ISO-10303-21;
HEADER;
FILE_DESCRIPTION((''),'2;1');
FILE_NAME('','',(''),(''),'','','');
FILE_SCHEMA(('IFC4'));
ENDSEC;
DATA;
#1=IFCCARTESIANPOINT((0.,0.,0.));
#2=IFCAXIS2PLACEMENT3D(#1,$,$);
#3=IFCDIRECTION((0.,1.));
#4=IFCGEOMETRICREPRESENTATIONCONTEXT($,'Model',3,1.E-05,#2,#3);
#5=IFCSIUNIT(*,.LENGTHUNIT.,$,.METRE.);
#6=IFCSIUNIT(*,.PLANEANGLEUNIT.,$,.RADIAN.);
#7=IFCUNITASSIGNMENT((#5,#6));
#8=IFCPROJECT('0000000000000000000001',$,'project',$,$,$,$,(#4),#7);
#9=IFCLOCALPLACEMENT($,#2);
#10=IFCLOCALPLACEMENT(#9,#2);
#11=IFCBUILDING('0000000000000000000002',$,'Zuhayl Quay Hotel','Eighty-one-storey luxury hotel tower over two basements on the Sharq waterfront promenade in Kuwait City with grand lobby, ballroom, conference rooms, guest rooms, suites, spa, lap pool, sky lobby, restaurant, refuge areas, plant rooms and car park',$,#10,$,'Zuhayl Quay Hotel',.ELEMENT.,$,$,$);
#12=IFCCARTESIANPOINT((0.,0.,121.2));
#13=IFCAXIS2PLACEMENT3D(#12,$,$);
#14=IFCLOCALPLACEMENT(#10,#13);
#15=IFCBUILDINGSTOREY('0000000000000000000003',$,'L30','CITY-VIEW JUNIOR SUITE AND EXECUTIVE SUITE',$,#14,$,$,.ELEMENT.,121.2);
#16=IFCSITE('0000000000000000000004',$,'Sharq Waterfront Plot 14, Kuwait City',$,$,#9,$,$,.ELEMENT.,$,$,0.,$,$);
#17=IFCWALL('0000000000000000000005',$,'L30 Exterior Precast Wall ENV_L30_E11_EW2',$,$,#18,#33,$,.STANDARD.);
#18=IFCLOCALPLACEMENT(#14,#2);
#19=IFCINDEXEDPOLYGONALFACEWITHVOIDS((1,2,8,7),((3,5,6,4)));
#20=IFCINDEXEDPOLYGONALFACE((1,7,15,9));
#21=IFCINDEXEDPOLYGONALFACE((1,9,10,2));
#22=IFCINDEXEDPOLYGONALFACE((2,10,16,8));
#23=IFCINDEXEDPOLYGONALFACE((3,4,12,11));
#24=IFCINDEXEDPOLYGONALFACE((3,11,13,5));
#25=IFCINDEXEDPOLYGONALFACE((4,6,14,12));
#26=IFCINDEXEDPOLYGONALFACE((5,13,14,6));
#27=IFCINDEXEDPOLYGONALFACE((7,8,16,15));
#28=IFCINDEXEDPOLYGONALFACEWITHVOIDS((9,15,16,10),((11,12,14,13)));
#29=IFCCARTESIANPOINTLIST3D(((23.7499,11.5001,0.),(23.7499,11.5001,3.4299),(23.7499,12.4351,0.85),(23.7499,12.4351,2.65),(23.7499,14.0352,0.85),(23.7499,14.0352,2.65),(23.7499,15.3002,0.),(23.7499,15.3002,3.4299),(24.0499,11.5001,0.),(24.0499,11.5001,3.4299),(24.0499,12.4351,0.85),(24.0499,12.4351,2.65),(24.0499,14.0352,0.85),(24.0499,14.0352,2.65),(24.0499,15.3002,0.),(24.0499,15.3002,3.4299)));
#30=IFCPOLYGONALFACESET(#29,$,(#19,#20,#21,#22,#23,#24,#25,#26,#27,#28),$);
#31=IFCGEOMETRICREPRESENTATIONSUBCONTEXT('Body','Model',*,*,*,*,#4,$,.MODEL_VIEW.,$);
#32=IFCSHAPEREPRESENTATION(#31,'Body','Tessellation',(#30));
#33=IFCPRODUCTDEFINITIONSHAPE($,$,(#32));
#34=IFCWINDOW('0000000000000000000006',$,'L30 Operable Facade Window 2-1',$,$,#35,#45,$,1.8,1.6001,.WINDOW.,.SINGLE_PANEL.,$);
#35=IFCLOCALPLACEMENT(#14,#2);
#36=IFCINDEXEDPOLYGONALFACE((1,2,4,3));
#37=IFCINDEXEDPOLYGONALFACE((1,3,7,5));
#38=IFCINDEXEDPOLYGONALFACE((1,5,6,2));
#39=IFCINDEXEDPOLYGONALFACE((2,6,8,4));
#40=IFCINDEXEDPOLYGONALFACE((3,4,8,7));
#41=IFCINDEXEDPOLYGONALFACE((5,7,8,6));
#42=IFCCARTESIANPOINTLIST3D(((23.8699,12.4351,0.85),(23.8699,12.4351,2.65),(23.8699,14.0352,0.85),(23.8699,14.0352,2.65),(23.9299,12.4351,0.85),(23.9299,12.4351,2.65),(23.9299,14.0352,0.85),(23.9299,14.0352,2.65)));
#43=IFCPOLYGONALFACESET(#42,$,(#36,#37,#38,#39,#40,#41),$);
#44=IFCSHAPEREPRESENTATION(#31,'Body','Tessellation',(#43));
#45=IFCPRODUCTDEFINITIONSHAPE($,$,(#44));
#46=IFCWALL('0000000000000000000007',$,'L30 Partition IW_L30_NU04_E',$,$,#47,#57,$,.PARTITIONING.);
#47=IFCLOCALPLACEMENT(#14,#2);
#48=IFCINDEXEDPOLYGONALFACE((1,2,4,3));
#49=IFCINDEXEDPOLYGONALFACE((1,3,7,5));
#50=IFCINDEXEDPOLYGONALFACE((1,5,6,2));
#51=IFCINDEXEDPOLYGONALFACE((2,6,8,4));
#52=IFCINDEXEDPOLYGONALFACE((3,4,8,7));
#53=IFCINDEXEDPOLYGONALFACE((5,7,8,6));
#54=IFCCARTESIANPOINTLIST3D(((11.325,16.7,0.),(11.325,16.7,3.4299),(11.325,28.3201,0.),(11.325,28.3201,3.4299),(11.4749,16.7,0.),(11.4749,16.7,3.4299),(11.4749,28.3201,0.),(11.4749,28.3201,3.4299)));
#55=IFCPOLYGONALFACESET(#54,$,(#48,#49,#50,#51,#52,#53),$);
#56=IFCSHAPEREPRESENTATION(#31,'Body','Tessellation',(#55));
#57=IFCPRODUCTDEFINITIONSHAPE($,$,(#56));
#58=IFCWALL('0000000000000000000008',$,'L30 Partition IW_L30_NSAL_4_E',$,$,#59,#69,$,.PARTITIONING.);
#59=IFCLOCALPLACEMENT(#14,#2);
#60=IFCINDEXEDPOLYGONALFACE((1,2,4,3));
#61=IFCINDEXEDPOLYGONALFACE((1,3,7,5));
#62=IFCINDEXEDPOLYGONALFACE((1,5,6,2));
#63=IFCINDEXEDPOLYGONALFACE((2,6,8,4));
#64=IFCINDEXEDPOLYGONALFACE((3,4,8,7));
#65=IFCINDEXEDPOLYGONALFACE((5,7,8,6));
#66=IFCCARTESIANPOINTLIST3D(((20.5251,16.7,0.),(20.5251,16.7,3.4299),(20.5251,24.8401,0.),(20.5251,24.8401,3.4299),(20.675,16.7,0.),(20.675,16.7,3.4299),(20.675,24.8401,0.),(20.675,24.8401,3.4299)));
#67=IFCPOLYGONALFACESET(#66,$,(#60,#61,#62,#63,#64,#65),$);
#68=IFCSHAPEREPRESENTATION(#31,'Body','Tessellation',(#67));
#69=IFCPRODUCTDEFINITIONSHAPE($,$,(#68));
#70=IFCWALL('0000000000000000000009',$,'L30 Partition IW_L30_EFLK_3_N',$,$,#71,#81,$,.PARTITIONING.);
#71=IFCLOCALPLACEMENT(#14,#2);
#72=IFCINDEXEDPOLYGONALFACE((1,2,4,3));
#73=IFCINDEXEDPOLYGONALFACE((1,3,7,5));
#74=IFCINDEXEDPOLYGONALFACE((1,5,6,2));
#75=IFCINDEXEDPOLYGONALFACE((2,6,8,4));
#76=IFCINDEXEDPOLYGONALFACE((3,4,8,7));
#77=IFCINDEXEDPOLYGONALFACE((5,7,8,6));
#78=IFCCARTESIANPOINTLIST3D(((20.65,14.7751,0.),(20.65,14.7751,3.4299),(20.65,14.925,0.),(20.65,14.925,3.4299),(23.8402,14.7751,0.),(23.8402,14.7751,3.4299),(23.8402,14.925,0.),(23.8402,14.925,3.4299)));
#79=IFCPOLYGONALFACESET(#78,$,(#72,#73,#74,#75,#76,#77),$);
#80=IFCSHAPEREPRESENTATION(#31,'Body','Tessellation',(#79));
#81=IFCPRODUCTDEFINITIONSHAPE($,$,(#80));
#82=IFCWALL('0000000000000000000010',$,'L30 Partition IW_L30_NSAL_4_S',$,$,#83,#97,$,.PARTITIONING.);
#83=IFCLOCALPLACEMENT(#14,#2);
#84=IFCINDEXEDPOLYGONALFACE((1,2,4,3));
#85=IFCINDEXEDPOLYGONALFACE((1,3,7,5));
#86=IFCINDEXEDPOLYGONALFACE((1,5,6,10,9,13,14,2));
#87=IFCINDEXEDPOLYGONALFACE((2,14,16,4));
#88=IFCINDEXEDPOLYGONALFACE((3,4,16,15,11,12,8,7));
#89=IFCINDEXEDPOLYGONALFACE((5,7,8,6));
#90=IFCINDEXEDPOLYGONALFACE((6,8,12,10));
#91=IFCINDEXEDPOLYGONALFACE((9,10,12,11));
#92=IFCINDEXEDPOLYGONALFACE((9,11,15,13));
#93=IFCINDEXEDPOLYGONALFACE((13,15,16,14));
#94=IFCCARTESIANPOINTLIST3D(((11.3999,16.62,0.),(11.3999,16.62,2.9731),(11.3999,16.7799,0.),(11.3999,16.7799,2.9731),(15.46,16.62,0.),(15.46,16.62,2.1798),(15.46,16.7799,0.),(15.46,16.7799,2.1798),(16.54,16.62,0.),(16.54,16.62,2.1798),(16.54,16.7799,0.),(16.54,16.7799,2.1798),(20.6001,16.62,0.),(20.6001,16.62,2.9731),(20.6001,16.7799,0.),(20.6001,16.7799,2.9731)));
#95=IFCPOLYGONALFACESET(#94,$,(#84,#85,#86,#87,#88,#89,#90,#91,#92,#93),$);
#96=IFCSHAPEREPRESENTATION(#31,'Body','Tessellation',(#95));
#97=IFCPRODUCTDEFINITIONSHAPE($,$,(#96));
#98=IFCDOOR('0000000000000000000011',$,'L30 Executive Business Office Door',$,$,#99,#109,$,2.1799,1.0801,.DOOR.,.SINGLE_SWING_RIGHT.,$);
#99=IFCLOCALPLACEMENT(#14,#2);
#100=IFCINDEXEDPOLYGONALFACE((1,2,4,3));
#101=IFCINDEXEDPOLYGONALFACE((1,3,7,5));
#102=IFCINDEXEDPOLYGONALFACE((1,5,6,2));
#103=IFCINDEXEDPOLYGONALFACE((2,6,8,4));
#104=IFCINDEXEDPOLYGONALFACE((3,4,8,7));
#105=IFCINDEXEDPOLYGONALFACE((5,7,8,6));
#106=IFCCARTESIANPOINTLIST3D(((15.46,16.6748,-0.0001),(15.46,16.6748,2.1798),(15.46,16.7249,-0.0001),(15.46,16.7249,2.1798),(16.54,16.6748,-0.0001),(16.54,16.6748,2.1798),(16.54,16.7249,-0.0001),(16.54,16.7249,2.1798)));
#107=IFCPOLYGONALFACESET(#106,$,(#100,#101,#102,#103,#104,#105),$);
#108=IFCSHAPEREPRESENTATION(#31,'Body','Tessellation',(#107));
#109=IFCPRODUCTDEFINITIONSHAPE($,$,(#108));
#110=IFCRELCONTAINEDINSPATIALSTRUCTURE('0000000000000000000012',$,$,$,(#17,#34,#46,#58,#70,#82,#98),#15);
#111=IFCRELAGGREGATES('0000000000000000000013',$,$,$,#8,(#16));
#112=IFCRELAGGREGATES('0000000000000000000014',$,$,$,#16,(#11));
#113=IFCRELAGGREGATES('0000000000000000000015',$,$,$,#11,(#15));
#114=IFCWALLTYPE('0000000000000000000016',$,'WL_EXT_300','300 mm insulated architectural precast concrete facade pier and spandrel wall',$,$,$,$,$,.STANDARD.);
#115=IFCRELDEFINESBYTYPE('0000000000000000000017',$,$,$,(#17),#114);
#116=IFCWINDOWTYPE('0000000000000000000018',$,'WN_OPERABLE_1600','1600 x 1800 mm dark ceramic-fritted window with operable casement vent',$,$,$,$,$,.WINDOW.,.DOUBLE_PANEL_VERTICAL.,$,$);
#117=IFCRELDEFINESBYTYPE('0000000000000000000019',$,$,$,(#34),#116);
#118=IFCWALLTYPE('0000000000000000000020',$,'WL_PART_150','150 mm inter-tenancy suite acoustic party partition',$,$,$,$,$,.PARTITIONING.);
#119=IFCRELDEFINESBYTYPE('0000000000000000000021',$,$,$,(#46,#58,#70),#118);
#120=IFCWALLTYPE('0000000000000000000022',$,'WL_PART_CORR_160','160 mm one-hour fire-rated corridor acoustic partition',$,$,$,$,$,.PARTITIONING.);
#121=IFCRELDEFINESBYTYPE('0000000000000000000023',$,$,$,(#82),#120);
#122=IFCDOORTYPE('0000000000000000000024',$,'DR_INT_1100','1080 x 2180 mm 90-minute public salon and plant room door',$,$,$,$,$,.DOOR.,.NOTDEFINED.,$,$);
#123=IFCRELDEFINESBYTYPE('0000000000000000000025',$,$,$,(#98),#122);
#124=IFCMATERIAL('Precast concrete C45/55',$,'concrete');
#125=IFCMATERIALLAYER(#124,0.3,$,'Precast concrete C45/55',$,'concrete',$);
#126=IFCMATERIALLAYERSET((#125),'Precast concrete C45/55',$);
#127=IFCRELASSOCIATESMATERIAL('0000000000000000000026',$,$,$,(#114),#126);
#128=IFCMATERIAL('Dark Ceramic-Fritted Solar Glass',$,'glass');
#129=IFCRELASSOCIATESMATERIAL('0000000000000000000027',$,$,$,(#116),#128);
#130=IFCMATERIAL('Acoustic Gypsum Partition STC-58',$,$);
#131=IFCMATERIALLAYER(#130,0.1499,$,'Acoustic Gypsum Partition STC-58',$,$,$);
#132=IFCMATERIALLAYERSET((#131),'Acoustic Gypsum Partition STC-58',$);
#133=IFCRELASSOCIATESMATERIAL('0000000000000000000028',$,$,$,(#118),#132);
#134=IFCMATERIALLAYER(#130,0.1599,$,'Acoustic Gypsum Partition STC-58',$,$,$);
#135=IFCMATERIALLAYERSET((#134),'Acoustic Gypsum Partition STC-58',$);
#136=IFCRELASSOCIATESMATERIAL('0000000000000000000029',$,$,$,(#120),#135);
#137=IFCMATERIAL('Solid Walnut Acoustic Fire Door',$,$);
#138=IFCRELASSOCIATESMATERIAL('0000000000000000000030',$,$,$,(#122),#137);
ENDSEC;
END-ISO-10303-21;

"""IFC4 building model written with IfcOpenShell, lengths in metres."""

from ifc_helpers import new_model, si_unit, direction, frame, frame_2d, origin, place, context, subcontext, project, spatial, rectangle, extrude, material, layer, layer_set, type_object, element, fill, save


model = new_model("IFC4")

# Units and contexts
model_context = context("Model", 3, precision=1e-05, world=origin(), true_north=direction((0.0, 1.0)))
body_context = subcontext(model_context, "Body", "Model", "MODEL_VIEW")
ifc_project = project(units=[si_unit("LENGTHUNIT", "METRE"), si_unit("PLANEANGLEUNIT", "RADIAN")], contexts=[model_context])

# Site, building, storey
site_placement = place(None, origin())
site = spatial("IfcSite", under=ifc_project, at=site_placement, Name="Sharq Waterfront Plot 14, Kuwait City", CompositionType="ELEMENT", RefElevation=0.0)
building_placement = place(site_placement, origin())
building = spatial("IfcBuilding", under=site, at=building_placement, Name="Zuhayl Quay Hotel", Description="Eighty-one-storey luxury hotel tower over two basements on the Sharq waterfront promenade in Kuwait City with grand lobby, ballroom, conference rooms, guest rooms, suites, spa, lap pool, sky lobby, restaurant, refuge areas, plant rooms and car park", LongName="Zuhayl Quay Hotel", CompositionType="ELEMENT")
storey_placement = place(building_placement, frame((0.0, 0.0, 121.2)))
storey = spatial("IfcBuildingStorey", under=building, at=storey_placement, Name="L30", Description="CITY-VIEW JUNIOR SUITE AND EXECUTIVE SUITE", CompositionType="ELEMENT", Elevation=121.2)

# Shared definitions
ifc_material_1 = material(Name="Dark Ceramic-Fritted Solar Glass", Category="glass")

# Shared definitions
ifc_material_2 = material(Name="Precast concrete C45/55", Category="concrete")
ifc_layer_1 = layer(ifc_material_2, 0.3, Name="Precast concrete C45/55", Category="concrete")
ifc_layer_set_1 = layer_set([ifc_layer_1], Name="Precast concrete C45/55")
wall_type_1 = type_object("IfcWallType", Name="WL_EXT_300", Description="300 mm insulated architectural precast concrete facade pier and spandrel wall", PredefinedType="STANDARD", material=ifc_layer_set_1)

# Wall, opening, window
wall_1_placement = place(storey_placement, frame((23.8999, 15.3, 0.0), z_axis=(0.0, 0.0, 1.0), x_axis=(0.0, -1.0, 0.0)))
wall_1 = element("IfcWall", 1, at=wall_1_placement, inside=storey, type_object=wall_type_1, Name="L30 Exterior Precast Wall ENV_L30_E11_EW2", PredefinedType="STANDARD", context=body_context, shape_type="SweptSolid", body=[
    extrude(rectangle(XDim=3.8, YDim=0.3, at=frame_2d((1.8999, 0.0))), origin(), (0.0, 0.0, 1.0), 3.4299),
])
opening_1_placement = place(wall_1_placement, frame((1.2649, 0.0, 0.8501)))
opening_1 = element("IfcOpeningElement", 2, at=opening_1_placement, cuts=wall_1, PredefinedType="OPENING", context=body_context, shape_type="SweptSolid", body=[
    extrude(rectangle(XDim=1.6001, YDim=1.8, at=frame_2d((0.8, 0.8999))), frame((0.0, 0.1599, 0.0), z_axis=(0.0, -1.0, 0.0), x_axis=(1.0, 0.0, 0.0)), (0.0, 0.0, 1.0), 0.3201),
])
window_type_1 = type_object("IfcWindowType", Name="WN_OPERABLE_1600", Description="1600 x 1800 mm dark ceramic-fritted window with operable casement vent", PartitioningType="DOUBLE_PANEL_VERTICAL", PredefinedType="WINDOW", material=ifc_material_1)
window_1_placement = place(opening_1_placement, origin())
window_1 = element("IfcWindow", 3, at=window_1_placement, inside=storey, type_object=window_type_1, Name="L30 Operable Facade Window 2-1", OverallHeight=1.8, OverallWidth=1.6001, PartitioningType="SINGLE_PANEL", PredefinedType="WINDOW", context=body_context, shape_type="SweptSolid", body=[
    extrude(rectangle(XDim=1.6001, YDim=1.8, at=frame_2d((0.8, 0.8999))), frame((0.0, 0.03, 0.0), z_axis=(0.0, -1.0, 0.0), x_axis=(1.0, 0.0, 0.0)), (0.0, 0.0, 1.0), 0.0601),
])
fill(opening_1, window_1)

# Walls
ifc_material_3 = material(Name="Acoustic Gypsum Partition STC-58")
ifc_layer_2 = layer(ifc_material_3, 0.1499, Name="Acoustic Gypsum Partition STC-58")
ifc_layer_set_2 = layer_set([ifc_layer_2], Name="Acoustic Gypsum Partition STC-58")
wall_type_2 = type_object("IfcWallType", Name="WL_PART_150", Description="150 mm inter-tenancy suite acoustic party partition", PredefinedType="PARTITIONING", material=ifc_layer_set_2)
wall_2_placement = place(storey_placement, frame((11.3999, 16.7, 0.0), z_axis=(0.0, 0.0, 1.0), x_axis=(0.0, 1.0, 0.0)))
element("IfcWall", 4, at=wall_2_placement, inside=storey, type_object=wall_type_2, Name="L30 Partition IW_L30_NU04_E", PredefinedType="PARTITIONING", context=body_context, shape_type="SweptSolid", body=[
    extrude(rectangle(XDim=11.6201, YDim=0.1499, at=frame_2d((5.8101, 0.0))), origin(), (0.0, 0.0, 1.0), 3.4299),
])
wall_3_placement = place(storey_placement, frame((20.6001, 16.7, 0.0), z_axis=(0.0, 0.0, 1.0), x_axis=(0.0, 1.0, 0.0)))
element("IfcWall", 5, at=wall_3_placement, inside=storey, type_object=wall_type_2, Name="L30 Partition IW_L30_NSAL_4_E", PredefinedType="PARTITIONING", context=body_context, shape_type="SweptSolid", body=[
    extrude(rectangle(XDim=8.1401, YDim=0.1499, at=frame_2d((4.0701, 0.0))), origin(), (0.0, 0.0, 1.0), 3.4299),
])
wall_4_placement = place(storey_placement, frame((20.6499, 14.8501, 0.0), z_axis=(0.0, 0.0, 1.0), x_axis=(1.0, 0.0, 0.0)))
element("IfcWall", 6, at=wall_4_placement, inside=storey, type_object=wall_type_2, Name="L30 Partition IW_L30_EFLK_3_N", PredefinedType="PARTITIONING", context=body_context, shape_type="SweptSolid", body=[
    extrude(rectangle(XDim=3.1902, YDim=0.1499, at=frame_2d((1.5952, 0.0))), origin(), (0.0, 0.0, 1.0), 3.4299),
])

# Wall, opening, door
ifc_layer_3 = layer(ifc_material_3, 0.1599, Name="Acoustic Gypsum Partition STC-58")
ifc_layer_set_3 = layer_set([ifc_layer_3], Name="Acoustic Gypsum Partition STC-58")
wall_type_3 = type_object("IfcWallType", Name="WL_PART_CORR_160", Description="160 mm one-hour fire-rated corridor acoustic partition", PredefinedType="PARTITIONING", material=ifc_layer_set_3)
wall_5_placement = place(storey_placement, frame((11.3999, 16.7, 0.0), z_axis=(0.0, 0.0, 1.0), x_axis=(1.0, 0.0, 0.0)))
wall_5 = element("IfcWall", 7, at=wall_5_placement, inside=storey, type_object=wall_type_3, Name="L30 Partition IW_L30_NSAL_4_S", PredefinedType="PARTITIONING", context=body_context, shape_type="SweptSolid", body=[
    extrude(rectangle(XDim=9.2002, YDim=0.1599, at=frame_2d((4.6001, 0.0))), origin(), (0.0, 0.0, 1.0), 2.9731),
])
opening_2_placement = place(wall_5_placement, frame((4.0601, 0.0, 0.0)))
opening_2 = element("IfcOpeningElement", 8, at=opening_2_placement, cuts=wall_5, PredefinedType="OPENING", context=body_context, shape_type="SweptSolid", body=[
    extrude(rectangle(XDim=1.0801, YDim=2.1799, at=frame_2d((0.54, 1.0898))), frame((0.0, 0.0898, 0.0), z_axis=(0.0, -1.0, 0.0), x_axis=(1.0, 0.0, 0.0)), (0.0, 0.0, 1.0), 0.1799),
])
ifc_material_4 = material(Name="Solid Walnut Acoustic Fire Door")
door_type = type_object("IfcDoorType", Name="DR_INT_1100", Description="1080 x 2180 mm 90-minute public salon and plant room door", OperationType="NOTDEFINED", PredefinedType="DOOR", material=ifc_material_4)
door_placement = place(opening_2_placement, origin())
door = element("IfcDoor", 9, at=door_placement, inside=storey, type_object=door_type, Name="L30 Executive Business Office Door", OperationType="SINGLE_SWING_RIGHT", OverallHeight=2.1799, OverallWidth=1.0801, PredefinedType="DOOR", context=body_context, shape_type="SweptSolid", body=[
    extrude(rectangle(XDim=1.0801, YDim=2.1799, at=frame_2d((0.54, 1.0898))), frame((0.0, 0.0249, 0.0), z_axis=(0.0, -1.0, 0.0), x_axis=(1.0, 0.0, 0.0)), (0.0, 0.0, 1.0), 0.05),
])
fill(opening_2, door)

save(model, "model.ifc")
